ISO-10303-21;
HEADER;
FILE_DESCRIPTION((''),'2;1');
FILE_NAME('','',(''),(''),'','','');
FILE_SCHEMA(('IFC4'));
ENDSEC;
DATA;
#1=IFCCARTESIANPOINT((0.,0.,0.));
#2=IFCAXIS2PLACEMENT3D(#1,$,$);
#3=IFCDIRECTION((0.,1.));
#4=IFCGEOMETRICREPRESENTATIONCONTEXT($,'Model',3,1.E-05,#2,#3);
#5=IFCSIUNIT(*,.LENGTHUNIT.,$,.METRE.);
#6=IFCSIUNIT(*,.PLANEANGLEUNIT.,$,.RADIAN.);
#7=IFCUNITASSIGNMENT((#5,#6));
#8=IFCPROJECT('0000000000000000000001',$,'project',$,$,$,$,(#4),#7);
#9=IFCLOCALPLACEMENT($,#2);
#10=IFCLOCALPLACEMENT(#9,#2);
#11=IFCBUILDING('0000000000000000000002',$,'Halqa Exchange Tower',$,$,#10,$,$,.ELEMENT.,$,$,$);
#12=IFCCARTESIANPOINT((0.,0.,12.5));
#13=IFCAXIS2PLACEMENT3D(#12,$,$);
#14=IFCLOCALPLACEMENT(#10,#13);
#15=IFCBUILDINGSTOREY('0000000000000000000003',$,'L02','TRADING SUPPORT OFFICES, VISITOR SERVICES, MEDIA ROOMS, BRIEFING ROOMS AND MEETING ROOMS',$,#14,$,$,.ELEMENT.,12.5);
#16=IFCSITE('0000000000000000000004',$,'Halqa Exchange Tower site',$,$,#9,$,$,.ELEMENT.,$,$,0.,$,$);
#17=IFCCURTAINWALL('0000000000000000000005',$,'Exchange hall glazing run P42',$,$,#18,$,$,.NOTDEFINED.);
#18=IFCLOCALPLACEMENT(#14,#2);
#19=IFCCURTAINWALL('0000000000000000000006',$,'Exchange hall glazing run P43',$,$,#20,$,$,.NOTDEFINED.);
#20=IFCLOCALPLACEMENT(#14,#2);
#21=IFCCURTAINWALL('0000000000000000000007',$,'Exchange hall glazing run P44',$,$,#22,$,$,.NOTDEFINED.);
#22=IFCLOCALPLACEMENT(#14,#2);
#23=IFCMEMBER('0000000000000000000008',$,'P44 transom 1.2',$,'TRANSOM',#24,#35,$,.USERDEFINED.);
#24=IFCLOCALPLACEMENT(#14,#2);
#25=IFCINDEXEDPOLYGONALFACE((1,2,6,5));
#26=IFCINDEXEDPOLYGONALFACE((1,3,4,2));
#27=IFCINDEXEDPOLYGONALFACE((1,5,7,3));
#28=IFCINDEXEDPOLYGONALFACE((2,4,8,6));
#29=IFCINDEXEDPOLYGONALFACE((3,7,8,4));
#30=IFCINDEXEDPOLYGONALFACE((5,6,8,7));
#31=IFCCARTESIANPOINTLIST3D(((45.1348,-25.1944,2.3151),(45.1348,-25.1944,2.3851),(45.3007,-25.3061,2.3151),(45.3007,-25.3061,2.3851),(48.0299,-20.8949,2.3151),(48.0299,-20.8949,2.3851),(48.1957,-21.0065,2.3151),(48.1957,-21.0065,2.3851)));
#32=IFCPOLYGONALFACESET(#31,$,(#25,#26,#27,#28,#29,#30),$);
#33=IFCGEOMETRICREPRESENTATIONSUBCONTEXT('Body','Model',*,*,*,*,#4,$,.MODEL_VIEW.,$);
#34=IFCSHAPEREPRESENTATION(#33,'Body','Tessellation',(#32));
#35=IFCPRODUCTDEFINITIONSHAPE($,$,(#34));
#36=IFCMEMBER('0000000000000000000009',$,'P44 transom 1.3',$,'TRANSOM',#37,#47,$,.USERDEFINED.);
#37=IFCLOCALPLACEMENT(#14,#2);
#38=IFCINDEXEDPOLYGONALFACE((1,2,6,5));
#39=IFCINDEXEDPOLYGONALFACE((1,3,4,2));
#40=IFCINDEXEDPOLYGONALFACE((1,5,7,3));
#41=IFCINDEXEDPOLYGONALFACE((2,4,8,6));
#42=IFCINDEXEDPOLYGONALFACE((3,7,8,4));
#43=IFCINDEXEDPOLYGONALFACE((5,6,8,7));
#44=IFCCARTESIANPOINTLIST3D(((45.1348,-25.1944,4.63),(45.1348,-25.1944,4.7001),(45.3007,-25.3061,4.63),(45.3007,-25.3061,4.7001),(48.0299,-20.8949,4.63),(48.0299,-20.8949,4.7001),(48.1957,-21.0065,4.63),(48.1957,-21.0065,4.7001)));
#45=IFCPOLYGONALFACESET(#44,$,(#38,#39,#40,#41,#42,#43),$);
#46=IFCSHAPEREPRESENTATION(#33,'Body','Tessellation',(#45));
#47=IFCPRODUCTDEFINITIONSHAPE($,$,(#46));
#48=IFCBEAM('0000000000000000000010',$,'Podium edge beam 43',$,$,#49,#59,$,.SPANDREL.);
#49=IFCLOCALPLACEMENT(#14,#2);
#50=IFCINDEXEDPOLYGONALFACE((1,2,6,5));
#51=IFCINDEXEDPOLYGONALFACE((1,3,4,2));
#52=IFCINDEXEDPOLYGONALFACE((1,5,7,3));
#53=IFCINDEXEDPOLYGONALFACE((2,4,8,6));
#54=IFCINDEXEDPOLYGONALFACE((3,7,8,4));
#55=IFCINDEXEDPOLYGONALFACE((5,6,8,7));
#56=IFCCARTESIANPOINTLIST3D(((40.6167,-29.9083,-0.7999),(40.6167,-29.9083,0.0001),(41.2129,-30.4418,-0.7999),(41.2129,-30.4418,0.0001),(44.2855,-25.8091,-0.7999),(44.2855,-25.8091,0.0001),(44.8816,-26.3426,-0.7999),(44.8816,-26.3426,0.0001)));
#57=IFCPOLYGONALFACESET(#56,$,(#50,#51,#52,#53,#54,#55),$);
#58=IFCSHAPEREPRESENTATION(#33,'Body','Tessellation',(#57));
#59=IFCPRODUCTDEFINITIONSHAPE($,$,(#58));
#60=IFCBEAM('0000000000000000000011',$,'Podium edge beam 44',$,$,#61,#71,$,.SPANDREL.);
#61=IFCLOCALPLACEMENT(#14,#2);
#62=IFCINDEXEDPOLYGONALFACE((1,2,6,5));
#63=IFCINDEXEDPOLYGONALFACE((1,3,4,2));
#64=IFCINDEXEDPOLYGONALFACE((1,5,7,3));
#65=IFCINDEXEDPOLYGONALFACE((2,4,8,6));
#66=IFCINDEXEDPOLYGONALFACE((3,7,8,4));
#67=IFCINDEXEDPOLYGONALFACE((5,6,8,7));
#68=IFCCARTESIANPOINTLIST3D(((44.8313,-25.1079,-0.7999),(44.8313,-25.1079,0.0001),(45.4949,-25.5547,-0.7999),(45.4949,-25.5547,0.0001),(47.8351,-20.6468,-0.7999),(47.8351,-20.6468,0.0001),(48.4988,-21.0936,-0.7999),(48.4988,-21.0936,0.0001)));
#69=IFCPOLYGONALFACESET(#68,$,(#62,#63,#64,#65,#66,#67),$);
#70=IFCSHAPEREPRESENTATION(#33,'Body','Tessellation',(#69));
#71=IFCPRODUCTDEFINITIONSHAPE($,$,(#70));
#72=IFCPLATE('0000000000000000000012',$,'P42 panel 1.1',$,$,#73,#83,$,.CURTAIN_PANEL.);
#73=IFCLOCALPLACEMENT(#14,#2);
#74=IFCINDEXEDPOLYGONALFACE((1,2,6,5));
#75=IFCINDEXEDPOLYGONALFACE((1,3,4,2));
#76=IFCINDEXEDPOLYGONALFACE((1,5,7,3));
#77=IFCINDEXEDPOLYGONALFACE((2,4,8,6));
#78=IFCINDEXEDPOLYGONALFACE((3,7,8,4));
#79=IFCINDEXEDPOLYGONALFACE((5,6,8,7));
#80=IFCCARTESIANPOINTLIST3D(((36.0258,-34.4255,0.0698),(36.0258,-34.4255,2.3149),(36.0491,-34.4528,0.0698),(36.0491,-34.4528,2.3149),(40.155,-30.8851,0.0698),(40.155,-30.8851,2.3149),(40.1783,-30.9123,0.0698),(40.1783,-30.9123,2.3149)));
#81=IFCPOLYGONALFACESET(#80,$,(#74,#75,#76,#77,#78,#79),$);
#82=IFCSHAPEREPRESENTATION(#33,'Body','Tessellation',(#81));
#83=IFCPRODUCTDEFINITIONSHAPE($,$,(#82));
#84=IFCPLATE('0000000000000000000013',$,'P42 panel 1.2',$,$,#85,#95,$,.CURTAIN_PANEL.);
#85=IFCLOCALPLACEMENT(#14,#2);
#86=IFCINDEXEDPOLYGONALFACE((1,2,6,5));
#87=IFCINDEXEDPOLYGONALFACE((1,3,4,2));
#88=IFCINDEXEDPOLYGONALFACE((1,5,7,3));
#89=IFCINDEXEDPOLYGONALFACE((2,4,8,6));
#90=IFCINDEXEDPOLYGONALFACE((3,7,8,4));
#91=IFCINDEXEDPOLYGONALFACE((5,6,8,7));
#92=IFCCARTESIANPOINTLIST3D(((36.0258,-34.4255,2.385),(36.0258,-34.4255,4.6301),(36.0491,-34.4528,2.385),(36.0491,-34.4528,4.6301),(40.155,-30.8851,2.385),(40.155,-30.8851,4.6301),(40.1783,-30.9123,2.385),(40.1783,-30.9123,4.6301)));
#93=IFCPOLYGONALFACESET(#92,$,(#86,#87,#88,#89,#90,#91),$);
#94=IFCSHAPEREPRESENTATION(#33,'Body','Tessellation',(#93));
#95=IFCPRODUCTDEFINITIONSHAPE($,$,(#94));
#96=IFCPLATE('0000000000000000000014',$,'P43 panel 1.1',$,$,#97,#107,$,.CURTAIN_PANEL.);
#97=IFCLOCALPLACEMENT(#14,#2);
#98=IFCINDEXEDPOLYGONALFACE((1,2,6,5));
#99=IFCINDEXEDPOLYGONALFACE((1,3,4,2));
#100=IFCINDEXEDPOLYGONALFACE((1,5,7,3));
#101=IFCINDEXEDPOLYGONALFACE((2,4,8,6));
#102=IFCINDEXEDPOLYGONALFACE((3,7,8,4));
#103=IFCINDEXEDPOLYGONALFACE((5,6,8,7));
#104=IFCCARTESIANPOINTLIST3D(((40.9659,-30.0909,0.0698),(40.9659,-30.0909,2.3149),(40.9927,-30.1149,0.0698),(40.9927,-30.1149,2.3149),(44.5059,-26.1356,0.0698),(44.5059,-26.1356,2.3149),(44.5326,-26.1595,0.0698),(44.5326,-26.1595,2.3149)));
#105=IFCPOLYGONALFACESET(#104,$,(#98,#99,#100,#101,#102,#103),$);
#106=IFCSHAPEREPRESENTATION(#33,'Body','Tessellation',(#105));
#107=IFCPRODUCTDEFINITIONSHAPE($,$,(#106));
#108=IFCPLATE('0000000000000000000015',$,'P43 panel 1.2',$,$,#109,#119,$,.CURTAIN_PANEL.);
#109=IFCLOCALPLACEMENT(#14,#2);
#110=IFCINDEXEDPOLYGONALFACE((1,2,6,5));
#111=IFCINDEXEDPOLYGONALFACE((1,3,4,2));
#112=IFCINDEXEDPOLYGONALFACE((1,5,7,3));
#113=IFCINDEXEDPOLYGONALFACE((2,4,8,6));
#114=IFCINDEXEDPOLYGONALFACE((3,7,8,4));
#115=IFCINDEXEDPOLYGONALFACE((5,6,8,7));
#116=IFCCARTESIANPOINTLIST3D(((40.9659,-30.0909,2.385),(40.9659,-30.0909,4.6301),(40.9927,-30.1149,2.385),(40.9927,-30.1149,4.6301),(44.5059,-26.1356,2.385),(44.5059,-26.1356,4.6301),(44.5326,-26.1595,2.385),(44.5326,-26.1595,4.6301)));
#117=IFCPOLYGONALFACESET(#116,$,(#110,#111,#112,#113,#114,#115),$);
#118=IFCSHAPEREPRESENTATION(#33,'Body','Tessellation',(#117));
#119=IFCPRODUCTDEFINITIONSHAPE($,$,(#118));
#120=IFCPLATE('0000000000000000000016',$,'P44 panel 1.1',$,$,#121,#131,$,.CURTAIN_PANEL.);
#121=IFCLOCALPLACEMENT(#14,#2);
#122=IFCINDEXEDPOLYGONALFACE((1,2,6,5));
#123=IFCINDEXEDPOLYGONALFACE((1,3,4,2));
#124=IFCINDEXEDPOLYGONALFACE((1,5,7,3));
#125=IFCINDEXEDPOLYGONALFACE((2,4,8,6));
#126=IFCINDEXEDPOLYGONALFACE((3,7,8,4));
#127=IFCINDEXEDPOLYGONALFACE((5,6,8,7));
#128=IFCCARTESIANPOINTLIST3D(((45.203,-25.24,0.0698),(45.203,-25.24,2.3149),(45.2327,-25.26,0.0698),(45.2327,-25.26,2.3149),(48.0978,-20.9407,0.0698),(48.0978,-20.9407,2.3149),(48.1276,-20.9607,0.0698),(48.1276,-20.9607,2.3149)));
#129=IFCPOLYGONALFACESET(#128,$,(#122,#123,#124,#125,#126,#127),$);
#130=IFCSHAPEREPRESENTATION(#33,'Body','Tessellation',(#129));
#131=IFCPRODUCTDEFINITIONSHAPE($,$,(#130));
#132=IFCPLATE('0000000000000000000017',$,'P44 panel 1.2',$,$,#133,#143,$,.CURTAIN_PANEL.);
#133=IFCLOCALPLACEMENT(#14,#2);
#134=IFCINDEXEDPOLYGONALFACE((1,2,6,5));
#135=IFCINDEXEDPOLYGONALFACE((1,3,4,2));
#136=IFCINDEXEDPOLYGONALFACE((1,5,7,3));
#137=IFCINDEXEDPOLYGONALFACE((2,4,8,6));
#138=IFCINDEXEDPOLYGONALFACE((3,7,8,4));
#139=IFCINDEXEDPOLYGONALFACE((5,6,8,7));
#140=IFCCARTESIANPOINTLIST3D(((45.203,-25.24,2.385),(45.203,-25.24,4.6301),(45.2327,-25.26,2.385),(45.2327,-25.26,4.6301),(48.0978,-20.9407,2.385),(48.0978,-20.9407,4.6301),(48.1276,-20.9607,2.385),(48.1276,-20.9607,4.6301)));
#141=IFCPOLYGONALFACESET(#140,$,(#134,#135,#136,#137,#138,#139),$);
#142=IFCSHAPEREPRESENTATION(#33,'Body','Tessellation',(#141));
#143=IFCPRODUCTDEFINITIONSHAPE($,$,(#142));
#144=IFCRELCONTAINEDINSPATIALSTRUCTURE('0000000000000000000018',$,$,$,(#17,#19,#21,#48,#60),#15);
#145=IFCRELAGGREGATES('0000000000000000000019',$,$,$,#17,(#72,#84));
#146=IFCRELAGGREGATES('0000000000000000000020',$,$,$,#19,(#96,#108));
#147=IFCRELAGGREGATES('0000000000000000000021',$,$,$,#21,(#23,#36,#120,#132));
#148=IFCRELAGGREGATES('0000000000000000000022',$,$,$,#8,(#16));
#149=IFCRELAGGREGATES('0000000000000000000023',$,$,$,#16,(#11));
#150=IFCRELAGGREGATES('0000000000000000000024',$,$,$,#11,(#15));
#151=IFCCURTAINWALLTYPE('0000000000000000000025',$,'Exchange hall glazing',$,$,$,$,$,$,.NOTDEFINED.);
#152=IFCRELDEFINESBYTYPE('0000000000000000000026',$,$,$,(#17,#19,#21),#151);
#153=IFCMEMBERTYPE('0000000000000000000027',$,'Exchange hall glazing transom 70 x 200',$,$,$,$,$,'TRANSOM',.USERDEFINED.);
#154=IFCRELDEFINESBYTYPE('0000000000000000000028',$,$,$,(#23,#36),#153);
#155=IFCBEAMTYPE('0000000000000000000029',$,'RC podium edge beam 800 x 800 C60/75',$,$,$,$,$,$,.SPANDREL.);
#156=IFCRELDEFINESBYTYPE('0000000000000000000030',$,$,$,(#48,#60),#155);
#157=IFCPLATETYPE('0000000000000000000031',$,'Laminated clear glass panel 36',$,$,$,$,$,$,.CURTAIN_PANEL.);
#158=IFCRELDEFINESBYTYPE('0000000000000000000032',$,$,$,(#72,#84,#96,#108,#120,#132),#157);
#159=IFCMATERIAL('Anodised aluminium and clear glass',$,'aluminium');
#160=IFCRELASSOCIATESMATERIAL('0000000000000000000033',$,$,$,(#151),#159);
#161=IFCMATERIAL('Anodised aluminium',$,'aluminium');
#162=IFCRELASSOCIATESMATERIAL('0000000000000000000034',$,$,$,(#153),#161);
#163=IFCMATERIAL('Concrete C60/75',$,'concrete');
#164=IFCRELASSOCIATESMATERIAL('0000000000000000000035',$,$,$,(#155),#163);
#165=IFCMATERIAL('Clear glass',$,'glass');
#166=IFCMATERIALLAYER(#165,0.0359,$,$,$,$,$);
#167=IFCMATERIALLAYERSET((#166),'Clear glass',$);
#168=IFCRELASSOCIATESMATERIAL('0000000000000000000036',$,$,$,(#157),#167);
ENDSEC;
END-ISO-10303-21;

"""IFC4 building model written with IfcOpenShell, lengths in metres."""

from ifc_helpers import new_model, si_unit, direction, frame, origin, origin_2d, place, context, subcontext, project, spatial, rectangle, extrude, material, layer, layer_set, material_profile, profile_set, type_object, element, aggregate, save


model = new_model("IFC4")

# Units and contexts
model_context = context("Model", 3, precision=1e-05, world=origin(), true_north=direction((0.0, 1.0)))
body_context = subcontext(model_context, "Body", "Model", "MODEL_VIEW")
ifc_project = project(units=[si_unit("LENGTHUNIT", "METRE"), si_unit("PLANEANGLEUNIT", "RADIAN")], contexts=[model_context])

# Site, building, storey
site_placement = place(None, origin())
site = spatial("IfcSite", under=ifc_project, at=site_placement, Name="Halqa Exchange Tower site", CompositionType="ELEMENT", RefElevation=0.0)
building_placement = place(site_placement, origin())
building = spatial("IfcBuilding", under=site, at=building_placement, Name="Halqa Exchange Tower", CompositionType="ELEMENT")
storey_placement = place(building_placement, frame((0.0, 0.0, 12.5)))
storey = spatial("IfcBuildingStorey", under=building, at=storey_placement, Name="L02", Description="TRADING SUPPORT OFFICES, VISITOR SERVICES, MEDIA ROOMS, BRIEFING ROOMS AND MEETING ROOMS", CompositionType="ELEMENT", Elevation=12.5)

# Shared definitions
ifc_material_1 = material(Name="Concrete C60/75", Category="concrete")

# Curtain walls
ifc_material_2 = material(Name="Anodised aluminium and clear glass", Category="aluminium")
curtain_wall_type = type_object("IfcCurtainWallType", Name="Exchange hall glazing", PredefinedType="NOTDEFINED", material=ifc_material_2)
curtain_wall_1_placement = place(storey_placement, origin())
curtain_wall_1 = element("IfcCurtainWall", 1, at=curtain_wall_1_placement, inside=storey, type_object=curtain_wall_type, Name="Exchange hall glazing run P42", PredefinedType="NOTDEFINED")
ifc_material_3 = material(Name="Anodised aluminium", Category="aluminium")
curtain_wall_2_placement = place(storey_placement, origin())
curtain_wall_2 = element("IfcCurtainWall", 2, at=curtain_wall_2_placement, inside=storey, type_object=curtain_wall_type, Name="Exchange hall glazing run P43", PredefinedType="NOTDEFINED")

# Curtain wall
curtain_wall_3_placement = place(storey_placement, origin())
curtain_wall_3 = element("IfcCurtainWall", 3, at=curtain_wall_3_placement, inside=storey, type_object=curtain_wall_type, Name="Exchange hall glazing run P44", PredefinedType="NOTDEFINED")

# Members
ifc_material_profile_1 = material_profile(ifc_material_3, rectangle(XDim=0.2, YDim=0.0701, at=origin_2d()), Name="AL 70x200")
ifc_profile_set_1 = profile_set([ifc_material_profile_1], Name="Anodised aluminium")
member_type_1 = type_object("IfcMemberType", Name="Exchange hall glazing transom 70 x 200", ElementType="TRANSOM", PredefinedType="USERDEFINED", material=ifc_profile_set_1)
member_1_placement = place(storey_placement, frame((45.2178, -25.2502, 2.3501), z_axis=(0.55852, 0.829491, 0.0), x_axis=(-0.829491, 0.55852, 0.0)))
member_1 = element("IfcMember", 4, at=member_1_placement, type_object=member_type_1, Name="P44 transom 1.2", ObjectType="TRANSOM", PredefinedType="USERDEFINED", context=body_context, shape_type="SweptSolid", body=[
    extrude(rectangle(XDim=0.2, YDim=0.0701, at=origin_2d()), origin(), (0.0, 0.0, 1.0), 5.1833),
])
member_2_placement = place(storey_placement, frame((45.2178, -25.2502, 4.665), z_axis=(0.55852, 0.829491, 0.0), x_axis=(-0.829491, 0.55852, 0.0)))
member_2 = element("IfcMember", 5, at=member_2_placement, type_object=member_type_1, Name="P44 transom 1.3", ObjectType="TRANSOM", PredefinedType="USERDEFINED", context=body_context, shape_type="SweptSolid", body=[
    extrude(rectangle(XDim=0.2, YDim=0.0701, at=origin_2d()), origin(), (0.0, 0.0, 1.0), 5.1833),
])

# Beams
ifc_material_profile_2 = material_profile(ifc_material_1, rectangle(XDim=0.8, YDim=0.8, at=origin_2d()), Name="800 x 800")
ifc_profile_set_2 = profile_set([ifc_material_profile_2], Name="Concrete C60/75")
beam_type = type_object("IfcBeamType", Name="RC podium edge beam 800 x 800 C60/75", PredefinedType="SPANDREL", material=ifc_profile_set_2)
beam_1_placement = place(storey_placement, frame((40.9148, -30.175, -0.3999), z_axis=(0.666903, 0.745145, 0.0), x_axis=(-0.745145, 0.666903, 0.0)))
element("IfcBeam", 6, at=beam_1_placement, inside=storey, type_object=beam_type, Name="Podium edge beam 43", PredefinedType="SPANDREL", context=body_context, shape_type="SweptSolid", body=[
    extrude(rectangle(XDim=0.8, YDim=0.8, at=origin_2d()), origin(), (0.0, 0.0, 1.0), 5.5012),
])
beam_2_placement = place(storey_placement, frame((45.1631, -25.3313, -0.3999), z_axis=(0.558528, 0.829485, 0.0), x_axis=(-0.829485, 0.558528, 0.0)))
element("IfcBeam", 7, at=beam_2_placement, inside=storey, type_object=beam_type, Name="Podium edge beam 44", PredefinedType="SPANDREL", context=body_context, shape_type="SweptSolid", body=[
    extrude(rectangle(XDim=0.8, YDim=0.8, at=origin_2d()), origin(), (0.0, 0.0, 1.0), 5.3782),
])

# Plates
ifc_material_4 = material(Name="Clear glass", Category="glass")
ifc_layer = layer(ifc_material_4, 0.0359)
ifc_layer_set = layer_set([ifc_layer], Name="Clear glass")
plate_type = type_object("IfcPlateType", Name="Laminated clear glass panel 36", PredefinedType="CURTAIN_PANEL", material=ifc_layer_set)
plate_1_placement = place(storey_placement, frame((38.1021, -32.6689, 0.0698), z_axis=(0.0, 0.0, 1.0), x_axis=(0.759154, 0.650911, 0.0)))
plate_1 = element("IfcPlate", 8, at=plate_1_placement, type_object=plate_type, Name="P42 panel 1.1", PredefinedType="CURTAIN_PANEL", context=body_context, shape_type="SweptSolid", body=[
    extrude(rectangle(XDim=5.4392, YDim=0.0359, at=origin_2d()), origin(), (0.0, 0.0, 1.0), 2.2451),
])
plate_2_placement = place(storey_placement, frame((38.1021, -32.6689, 2.385), z_axis=(0.0, 0.0, 1.0), x_axis=(0.759154, 0.650911, 0.0)))
plate_2 = element("IfcPlate", 9, at=plate_2_placement, type_object=plate_type, Name="P42 panel 1.2", PredefinedType="CURTAIN_PANEL", context=body_context, shape_type="SweptSolid", body=[
    extrude(rectangle(XDim=5.4392, YDim=0.0359, at=origin_2d()), origin(), (0.0, 0.0, 1.0), 2.2451),
])
aggregate(curtain_wall_1, [plate_1, plate_2])
plate_3_placement = place(storey_placement, frame((42.7493, -28.1252, 0.0698), z_axis=(0.0, 0.0, 1.0), x_axis=(0.666899, 0.745148, 0.0)))
plate_3 = element("IfcPlate", 10, at=plate_3_placement, type_object=plate_type, Name="P43 panel 1.1", PredefinedType="CURTAIN_PANEL", context=body_context, shape_type="SweptSolid", body=[
    extrude(rectangle(XDim=5.3081, YDim=0.0359, at=origin_2d()), origin(), (0.0, 0.0, 1.0), 2.2451),
])
plate_4_placement = place(storey_placement, frame((42.7493, -28.1252, 2.385), z_axis=(0.0, 0.0, 1.0), x_axis=(0.666899, 0.745148, 0.0)))
plate_4 = element("IfcPlate", 11, at=plate_4_placement, type_object=plate_type, Name="P43 panel 1.2", PredefinedType="CURTAIN_PANEL", context=body_context, shape_type="SweptSolid", body=[
    extrude(rectangle(XDim=5.3081, YDim=0.0359, at=origin_2d()), origin(), (0.0, 0.0, 1.0), 2.2451),
])
aggregate(curtain_wall_2, [plate_3, plate_4])
plate_5_placement = place(storey_placement, frame((46.6653, -23.1003, 0.0698), z_axis=(0.0, 0.0, 1.0), x_axis=(0.558522, 0.82949, 0.0)))
plate_5 = element("IfcPlate", 12, at=plate_5_placement, type_object=plate_type, Name="P44 panel 1.1", PredefinedType="CURTAIN_PANEL", context=body_context, shape_type="SweptSolid", body=[
    extrude(rectangle(XDim=5.1831, YDim=0.0359, at=origin_2d()), origin(), (0.0, 0.0, 1.0), 2.2451),
])
plate_6_placement = place(storey_placement, frame((46.6653, -23.1003, 2.385), z_axis=(0.0, 0.0, 1.0), x_axis=(0.558522, 0.82949, 0.0)))
plate_6 = element("IfcPlate", 13, at=plate_6_placement, type_object=plate_type, Name="P44 panel 1.2", PredefinedType="CURTAIN_PANEL", context=body_context, shape_type="SweptSolid", body=[
    extrude(rectangle(XDim=5.1831, YDim=0.0359, at=origin_2d()), origin(), (0.0, 0.0, 1.0), 2.2451),
])
aggregate(curtain_wall_3, [member_1, member_2, plate_5, plate_6])

save(model, "model.ifc")
